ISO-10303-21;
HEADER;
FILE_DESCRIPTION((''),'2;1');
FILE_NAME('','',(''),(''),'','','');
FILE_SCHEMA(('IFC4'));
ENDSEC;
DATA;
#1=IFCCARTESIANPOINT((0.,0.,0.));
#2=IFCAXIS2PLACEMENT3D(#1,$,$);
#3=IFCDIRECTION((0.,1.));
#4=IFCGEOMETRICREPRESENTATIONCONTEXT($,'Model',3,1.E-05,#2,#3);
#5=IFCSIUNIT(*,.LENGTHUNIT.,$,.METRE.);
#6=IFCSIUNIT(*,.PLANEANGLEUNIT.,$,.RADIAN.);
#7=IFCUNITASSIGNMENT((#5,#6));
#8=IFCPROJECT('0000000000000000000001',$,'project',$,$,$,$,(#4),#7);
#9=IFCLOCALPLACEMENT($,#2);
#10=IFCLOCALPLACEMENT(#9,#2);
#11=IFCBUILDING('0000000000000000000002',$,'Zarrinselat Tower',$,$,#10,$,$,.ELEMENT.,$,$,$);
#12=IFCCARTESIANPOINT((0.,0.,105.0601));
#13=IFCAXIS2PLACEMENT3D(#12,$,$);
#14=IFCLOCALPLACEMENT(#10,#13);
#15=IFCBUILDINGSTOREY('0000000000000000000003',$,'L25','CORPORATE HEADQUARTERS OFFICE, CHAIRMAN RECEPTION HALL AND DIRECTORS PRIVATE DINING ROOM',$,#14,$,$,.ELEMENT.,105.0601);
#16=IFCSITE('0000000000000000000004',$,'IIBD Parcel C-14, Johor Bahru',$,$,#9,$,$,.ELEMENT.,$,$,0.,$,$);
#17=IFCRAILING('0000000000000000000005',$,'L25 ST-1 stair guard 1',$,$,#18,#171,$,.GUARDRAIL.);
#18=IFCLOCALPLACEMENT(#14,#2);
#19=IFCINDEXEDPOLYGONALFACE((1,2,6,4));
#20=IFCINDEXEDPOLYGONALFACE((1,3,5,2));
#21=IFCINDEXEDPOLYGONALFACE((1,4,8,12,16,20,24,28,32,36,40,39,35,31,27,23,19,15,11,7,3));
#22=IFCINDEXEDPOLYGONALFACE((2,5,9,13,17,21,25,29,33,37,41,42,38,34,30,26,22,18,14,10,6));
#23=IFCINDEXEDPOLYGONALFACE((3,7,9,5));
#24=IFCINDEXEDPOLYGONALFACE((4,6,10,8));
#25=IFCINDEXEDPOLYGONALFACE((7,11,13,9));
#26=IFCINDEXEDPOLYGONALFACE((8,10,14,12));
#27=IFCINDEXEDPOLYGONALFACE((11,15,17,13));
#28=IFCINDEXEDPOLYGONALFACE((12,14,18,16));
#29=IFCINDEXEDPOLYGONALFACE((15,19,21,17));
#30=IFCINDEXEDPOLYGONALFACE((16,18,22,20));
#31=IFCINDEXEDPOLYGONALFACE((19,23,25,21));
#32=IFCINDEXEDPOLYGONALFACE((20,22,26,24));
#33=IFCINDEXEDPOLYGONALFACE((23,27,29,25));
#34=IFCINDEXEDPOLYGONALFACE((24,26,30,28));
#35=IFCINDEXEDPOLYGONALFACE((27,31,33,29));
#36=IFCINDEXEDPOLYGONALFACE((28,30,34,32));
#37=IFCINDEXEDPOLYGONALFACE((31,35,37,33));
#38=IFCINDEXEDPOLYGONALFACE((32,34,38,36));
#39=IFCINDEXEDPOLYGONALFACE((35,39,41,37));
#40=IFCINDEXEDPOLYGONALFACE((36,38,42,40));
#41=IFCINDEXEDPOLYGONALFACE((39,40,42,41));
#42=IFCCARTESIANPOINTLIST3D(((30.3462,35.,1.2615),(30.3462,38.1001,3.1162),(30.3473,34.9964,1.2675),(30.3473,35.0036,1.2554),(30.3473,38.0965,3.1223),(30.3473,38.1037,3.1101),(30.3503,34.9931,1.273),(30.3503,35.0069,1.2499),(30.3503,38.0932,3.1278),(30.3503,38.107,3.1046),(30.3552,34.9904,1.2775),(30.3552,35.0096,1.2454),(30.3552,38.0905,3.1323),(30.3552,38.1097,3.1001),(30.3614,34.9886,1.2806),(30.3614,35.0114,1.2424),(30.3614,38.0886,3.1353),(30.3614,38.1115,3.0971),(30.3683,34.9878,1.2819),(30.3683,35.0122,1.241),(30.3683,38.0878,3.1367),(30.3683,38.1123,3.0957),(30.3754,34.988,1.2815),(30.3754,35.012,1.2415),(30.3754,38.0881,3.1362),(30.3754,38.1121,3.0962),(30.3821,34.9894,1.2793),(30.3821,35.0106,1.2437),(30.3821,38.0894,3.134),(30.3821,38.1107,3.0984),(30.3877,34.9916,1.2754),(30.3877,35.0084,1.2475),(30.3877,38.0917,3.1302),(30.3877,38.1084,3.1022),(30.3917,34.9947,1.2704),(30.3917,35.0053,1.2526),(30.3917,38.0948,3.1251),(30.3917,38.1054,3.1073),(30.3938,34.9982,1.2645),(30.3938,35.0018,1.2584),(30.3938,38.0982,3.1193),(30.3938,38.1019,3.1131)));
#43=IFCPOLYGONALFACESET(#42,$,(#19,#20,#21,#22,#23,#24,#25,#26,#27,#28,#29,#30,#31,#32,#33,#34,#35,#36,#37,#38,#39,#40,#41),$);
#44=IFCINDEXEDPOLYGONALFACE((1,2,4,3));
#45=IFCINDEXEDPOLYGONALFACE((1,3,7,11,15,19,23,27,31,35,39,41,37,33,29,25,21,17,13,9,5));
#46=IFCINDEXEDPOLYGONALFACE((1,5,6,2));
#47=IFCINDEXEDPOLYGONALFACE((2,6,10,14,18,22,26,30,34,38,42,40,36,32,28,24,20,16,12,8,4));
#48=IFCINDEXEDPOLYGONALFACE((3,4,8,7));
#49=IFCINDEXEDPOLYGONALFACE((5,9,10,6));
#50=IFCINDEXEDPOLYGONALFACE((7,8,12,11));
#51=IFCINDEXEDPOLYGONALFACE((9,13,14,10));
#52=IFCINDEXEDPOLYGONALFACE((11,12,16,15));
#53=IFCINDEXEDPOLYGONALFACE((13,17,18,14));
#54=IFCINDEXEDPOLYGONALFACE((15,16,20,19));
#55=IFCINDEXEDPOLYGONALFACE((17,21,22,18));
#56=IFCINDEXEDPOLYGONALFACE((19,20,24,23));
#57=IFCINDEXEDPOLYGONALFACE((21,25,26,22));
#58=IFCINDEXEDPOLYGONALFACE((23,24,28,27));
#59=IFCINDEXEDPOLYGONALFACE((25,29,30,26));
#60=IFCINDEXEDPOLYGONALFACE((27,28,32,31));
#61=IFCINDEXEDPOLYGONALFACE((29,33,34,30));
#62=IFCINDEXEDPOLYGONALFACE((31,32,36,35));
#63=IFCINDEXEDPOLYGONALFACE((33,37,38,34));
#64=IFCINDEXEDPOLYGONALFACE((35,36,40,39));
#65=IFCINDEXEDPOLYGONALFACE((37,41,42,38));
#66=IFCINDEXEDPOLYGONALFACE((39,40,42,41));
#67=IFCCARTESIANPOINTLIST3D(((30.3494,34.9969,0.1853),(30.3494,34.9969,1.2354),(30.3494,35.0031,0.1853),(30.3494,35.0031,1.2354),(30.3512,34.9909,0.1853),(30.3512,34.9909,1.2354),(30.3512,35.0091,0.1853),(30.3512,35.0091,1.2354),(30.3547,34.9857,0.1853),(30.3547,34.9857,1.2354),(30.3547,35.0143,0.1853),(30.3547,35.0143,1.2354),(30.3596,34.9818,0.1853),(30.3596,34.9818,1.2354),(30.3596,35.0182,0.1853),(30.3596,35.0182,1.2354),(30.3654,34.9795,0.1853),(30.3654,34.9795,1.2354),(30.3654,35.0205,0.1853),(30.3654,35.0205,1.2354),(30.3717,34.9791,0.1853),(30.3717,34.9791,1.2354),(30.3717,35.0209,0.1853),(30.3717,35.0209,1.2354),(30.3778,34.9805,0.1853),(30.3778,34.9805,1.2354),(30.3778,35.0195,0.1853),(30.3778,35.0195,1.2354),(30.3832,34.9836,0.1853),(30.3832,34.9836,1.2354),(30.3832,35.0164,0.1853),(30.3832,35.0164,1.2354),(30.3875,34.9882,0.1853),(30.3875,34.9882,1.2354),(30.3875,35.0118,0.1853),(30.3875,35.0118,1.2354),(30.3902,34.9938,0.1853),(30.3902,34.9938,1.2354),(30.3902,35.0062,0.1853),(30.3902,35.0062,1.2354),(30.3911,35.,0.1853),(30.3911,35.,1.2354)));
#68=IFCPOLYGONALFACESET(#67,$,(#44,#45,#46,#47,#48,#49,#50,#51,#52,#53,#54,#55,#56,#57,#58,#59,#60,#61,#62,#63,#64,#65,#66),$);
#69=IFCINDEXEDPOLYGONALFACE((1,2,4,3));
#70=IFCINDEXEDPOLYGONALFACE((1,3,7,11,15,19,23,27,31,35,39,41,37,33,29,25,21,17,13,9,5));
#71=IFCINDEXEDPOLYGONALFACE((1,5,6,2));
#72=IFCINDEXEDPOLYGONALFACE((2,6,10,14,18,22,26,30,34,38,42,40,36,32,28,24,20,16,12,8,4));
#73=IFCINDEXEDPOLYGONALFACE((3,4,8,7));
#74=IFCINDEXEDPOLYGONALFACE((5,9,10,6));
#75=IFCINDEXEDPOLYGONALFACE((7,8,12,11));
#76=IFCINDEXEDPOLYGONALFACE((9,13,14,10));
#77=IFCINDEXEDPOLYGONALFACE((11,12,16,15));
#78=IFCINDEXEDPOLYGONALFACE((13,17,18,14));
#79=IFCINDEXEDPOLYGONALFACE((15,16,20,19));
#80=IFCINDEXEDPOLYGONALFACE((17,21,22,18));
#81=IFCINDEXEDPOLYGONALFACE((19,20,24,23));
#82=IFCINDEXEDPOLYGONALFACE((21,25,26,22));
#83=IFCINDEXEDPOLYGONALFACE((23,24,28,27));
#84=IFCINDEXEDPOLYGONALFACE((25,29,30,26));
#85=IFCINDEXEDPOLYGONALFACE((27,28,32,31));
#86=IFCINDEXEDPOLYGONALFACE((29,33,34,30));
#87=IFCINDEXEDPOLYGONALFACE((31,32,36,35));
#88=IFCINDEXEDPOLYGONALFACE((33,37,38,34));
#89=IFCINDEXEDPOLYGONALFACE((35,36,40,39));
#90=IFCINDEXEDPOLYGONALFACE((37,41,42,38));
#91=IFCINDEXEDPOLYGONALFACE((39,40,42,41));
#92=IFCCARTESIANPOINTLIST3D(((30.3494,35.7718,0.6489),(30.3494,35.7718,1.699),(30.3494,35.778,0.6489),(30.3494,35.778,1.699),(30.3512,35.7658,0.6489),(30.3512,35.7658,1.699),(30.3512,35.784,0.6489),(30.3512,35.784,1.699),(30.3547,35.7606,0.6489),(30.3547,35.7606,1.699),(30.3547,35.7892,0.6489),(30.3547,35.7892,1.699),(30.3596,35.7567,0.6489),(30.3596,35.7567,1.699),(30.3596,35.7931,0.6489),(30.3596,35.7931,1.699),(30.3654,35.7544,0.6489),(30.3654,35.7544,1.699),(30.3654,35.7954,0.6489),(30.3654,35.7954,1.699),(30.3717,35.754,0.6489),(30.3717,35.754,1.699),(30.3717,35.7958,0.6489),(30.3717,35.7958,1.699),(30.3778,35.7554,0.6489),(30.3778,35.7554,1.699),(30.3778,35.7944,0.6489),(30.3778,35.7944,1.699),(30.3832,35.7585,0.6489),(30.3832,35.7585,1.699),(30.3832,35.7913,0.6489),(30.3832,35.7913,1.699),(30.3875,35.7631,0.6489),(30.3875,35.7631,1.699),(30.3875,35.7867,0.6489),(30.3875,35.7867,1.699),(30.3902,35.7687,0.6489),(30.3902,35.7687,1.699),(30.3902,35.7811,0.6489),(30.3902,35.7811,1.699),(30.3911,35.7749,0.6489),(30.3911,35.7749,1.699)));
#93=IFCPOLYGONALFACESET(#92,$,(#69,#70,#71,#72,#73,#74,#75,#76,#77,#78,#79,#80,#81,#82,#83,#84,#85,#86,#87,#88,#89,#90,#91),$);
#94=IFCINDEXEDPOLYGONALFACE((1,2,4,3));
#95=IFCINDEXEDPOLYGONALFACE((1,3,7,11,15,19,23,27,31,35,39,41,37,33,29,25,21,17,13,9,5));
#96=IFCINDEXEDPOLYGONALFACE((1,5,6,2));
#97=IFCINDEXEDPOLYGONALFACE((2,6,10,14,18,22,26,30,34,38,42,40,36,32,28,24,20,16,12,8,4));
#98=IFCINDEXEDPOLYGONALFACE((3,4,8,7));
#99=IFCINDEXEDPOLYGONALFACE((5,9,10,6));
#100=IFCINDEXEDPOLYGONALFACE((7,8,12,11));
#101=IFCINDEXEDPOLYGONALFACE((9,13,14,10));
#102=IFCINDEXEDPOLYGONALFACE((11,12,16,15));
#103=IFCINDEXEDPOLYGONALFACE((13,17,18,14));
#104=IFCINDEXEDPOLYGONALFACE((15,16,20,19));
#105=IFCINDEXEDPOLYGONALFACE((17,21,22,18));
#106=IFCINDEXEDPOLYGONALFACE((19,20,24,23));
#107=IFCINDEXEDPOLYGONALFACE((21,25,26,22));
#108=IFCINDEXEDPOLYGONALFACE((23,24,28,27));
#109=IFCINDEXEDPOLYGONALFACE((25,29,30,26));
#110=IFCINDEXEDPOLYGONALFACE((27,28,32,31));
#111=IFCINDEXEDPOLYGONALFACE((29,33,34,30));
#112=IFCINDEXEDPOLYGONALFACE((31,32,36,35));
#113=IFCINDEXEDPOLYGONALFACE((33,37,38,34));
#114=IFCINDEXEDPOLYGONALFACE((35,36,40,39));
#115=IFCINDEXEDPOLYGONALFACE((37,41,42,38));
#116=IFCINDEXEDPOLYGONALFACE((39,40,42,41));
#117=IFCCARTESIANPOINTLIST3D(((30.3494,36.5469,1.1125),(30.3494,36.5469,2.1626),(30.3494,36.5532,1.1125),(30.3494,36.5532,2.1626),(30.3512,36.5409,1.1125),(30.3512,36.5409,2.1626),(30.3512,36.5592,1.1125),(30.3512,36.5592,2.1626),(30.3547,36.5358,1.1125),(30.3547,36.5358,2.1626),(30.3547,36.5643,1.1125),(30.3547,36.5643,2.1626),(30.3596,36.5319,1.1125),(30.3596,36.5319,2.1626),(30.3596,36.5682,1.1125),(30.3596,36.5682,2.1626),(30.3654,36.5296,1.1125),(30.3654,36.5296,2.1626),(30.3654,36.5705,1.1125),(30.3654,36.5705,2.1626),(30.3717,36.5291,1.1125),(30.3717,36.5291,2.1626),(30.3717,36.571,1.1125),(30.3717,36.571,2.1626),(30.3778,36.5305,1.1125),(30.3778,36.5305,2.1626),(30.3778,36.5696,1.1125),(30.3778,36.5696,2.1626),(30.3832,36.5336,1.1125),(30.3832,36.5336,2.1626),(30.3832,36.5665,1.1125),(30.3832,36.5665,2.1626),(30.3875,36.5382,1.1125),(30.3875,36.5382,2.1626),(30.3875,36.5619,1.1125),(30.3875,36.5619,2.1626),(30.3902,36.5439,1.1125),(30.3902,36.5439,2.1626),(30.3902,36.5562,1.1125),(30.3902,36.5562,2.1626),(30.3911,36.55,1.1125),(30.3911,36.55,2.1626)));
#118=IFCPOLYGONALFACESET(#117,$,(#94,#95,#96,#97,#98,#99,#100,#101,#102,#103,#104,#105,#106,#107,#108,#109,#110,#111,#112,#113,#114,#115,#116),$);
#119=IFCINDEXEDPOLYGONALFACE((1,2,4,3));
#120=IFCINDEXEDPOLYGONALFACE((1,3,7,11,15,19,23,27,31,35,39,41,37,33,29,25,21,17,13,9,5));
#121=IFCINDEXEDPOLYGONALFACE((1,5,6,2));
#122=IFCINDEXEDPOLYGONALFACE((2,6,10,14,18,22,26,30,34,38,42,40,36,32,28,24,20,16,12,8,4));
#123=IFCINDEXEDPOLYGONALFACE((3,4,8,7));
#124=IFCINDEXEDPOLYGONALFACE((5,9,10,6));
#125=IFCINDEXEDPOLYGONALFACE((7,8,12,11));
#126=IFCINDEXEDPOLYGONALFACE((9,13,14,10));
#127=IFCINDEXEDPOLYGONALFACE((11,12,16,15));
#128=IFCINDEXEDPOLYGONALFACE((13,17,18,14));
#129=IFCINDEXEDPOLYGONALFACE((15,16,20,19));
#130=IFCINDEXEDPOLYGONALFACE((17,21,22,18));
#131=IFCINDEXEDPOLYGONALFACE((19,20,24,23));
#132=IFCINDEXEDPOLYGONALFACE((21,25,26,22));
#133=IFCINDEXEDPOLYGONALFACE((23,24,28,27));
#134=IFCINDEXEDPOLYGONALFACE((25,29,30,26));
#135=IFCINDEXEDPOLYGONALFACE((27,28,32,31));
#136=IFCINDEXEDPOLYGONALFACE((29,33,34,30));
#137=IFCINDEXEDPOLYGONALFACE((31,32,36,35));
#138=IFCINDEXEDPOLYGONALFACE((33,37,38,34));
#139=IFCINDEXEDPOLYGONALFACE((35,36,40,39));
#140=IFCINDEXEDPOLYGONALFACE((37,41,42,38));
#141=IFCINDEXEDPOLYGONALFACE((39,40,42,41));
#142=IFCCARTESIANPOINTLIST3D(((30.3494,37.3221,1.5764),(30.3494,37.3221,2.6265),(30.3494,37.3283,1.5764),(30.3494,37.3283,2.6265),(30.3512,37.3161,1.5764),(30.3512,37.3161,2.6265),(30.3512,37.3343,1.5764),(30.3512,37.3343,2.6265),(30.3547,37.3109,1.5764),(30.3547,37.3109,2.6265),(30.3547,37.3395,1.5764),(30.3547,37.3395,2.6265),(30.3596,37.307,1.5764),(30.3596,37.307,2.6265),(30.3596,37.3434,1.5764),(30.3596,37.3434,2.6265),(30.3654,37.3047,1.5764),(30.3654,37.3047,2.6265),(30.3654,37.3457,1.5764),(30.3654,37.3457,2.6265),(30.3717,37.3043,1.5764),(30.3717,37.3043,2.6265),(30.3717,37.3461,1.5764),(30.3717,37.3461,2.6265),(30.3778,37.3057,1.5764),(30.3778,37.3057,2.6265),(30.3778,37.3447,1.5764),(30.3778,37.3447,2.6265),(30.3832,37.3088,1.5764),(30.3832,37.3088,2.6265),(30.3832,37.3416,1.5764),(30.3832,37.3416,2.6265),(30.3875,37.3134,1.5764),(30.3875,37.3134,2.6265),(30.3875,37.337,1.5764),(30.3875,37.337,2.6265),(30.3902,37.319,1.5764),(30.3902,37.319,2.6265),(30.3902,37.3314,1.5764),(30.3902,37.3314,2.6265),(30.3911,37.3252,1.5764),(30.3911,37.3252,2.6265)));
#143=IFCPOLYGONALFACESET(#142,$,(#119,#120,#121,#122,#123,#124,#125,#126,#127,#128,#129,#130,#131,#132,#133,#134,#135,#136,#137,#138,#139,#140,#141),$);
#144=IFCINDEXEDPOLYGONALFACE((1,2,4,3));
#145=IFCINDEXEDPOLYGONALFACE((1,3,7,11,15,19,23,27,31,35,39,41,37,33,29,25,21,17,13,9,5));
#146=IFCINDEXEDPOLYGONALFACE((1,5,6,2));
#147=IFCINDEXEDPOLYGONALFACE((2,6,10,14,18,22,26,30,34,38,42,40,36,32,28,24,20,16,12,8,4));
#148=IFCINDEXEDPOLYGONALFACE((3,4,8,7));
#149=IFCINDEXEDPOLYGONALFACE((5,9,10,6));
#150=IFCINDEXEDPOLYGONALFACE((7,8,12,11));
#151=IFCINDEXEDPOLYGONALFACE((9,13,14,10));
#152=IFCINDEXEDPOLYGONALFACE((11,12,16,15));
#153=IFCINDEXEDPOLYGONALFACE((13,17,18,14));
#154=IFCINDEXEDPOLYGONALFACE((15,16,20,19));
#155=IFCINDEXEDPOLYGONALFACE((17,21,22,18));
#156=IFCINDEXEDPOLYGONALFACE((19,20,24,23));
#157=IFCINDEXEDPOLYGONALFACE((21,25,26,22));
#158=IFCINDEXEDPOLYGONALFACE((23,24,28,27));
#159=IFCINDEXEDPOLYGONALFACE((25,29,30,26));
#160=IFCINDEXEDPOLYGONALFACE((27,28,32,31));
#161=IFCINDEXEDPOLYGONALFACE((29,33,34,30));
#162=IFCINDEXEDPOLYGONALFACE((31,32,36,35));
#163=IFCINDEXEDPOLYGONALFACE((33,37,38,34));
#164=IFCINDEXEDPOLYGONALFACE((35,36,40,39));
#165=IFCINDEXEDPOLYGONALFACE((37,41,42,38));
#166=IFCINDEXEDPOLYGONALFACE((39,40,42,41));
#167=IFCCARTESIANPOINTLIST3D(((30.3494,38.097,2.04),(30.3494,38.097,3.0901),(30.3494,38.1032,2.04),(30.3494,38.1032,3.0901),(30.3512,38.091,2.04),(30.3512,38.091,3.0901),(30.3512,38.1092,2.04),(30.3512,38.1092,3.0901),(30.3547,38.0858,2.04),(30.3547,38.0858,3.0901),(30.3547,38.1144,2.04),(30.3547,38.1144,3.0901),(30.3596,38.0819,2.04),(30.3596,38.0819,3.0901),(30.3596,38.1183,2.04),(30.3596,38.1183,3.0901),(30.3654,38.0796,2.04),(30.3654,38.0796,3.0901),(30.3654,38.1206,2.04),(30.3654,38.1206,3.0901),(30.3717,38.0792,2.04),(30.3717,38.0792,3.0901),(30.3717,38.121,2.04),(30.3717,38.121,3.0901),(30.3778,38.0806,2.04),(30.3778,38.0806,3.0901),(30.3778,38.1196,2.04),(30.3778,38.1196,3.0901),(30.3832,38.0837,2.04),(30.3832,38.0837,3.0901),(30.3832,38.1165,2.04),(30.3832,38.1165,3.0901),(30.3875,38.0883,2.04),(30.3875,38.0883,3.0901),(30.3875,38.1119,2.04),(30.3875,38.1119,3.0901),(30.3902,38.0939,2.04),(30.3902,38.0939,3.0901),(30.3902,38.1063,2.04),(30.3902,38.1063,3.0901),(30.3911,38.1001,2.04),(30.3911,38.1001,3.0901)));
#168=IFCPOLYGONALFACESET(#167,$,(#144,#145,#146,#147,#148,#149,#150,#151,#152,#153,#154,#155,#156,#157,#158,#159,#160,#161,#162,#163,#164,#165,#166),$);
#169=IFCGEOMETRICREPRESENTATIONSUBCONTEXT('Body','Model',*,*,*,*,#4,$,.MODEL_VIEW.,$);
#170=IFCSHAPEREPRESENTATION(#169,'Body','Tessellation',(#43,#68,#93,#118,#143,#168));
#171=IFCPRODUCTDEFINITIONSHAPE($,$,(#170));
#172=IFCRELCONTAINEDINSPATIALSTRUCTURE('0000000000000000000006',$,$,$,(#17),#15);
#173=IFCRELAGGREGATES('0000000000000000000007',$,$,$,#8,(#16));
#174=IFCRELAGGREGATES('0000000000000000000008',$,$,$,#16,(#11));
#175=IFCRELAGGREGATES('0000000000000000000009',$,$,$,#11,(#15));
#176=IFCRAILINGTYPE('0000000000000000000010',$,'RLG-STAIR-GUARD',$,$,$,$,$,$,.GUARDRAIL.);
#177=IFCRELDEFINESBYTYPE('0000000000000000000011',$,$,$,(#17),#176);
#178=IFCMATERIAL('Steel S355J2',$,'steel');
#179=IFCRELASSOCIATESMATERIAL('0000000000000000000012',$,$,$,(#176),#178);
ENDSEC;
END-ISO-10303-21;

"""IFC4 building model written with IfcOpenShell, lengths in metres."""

from ifc_helpers import new_model, si_unit, direction, frame, origin, origin_2d, place, context, subcontext, project, spatial, circle, extrude, material, type_object, element, save


model = new_model("IFC4")

# Units and contexts
model_context = context("Model", 3, precision=1e-05, world=origin(), true_north=direction((0.0, 1.0)))
body_context = subcontext(model_context, "Body", "Model", "MODEL_VIEW")
ifc_project = project(units=[si_unit("LENGTHUNIT", "METRE"), si_unit("PLANEANGLEUNIT", "RADIAN")], contexts=[model_context])

# Site, building, storey
site_placement = place(None, origin())
site = spatial("IfcSite", under=ifc_project, at=site_placement, Name="IIBD Parcel C-14, Johor Bahru", CompositionType="ELEMENT", RefElevation=0.0)
building_placement = place(site_placement, origin())
building = spatial("IfcBuilding", under=site, at=building_placement, Name="Zarrinselat Tower", CompositionType="ELEMENT")
storey_placement = place(building_placement, frame((0.0, 0.0, 105.0601)))
storey = spatial("IfcBuildingStorey", under=building, at=storey_placement, Name="L25", Description="CORPORATE HEADQUARTERS OFFICE, CHAIRMAN RECEPTION HALL AND DIRECTORS PRIVATE DINING ROOM", CompositionType="ELEMENT", Elevation=105.0601)

# Railing
ifc_material_1 = material(Name="Steel S355J2", Category="steel")
railing_type_1 = type_object("IfcRailingType", Name="RLG-STAIR-GUARD", PredefinedType="GUARDRAIL", material=ifc_material_1)
railing_1_placement = place(storey_placement, frame((30.3701, 35.0, 0.1853)))
element("IfcRailing", 1, at=railing_1_placement, inside=storey, type_object=railing_type_1, Name="L25 ST-1 stair guard 1", PredefinedType="GUARDRAIL", context=body_context, shape_type="SweptSolid", body=[
    extrude(circle(Radius=0.0239, at=origin_2d()), frame((0.0, 0.0, 1.0762), z_axis=(0.0, 0.858142, 0.513412), x_axis=(-1.0, 0.0, 0.0)), (0.0, 0.0, 1.0), 3.6125),
    extrude(circle(Radius=0.021, at=origin_2d()), origin(), (0.0, 0.0, 1.0), 1.05),
    extrude(circle(Radius=0.021, at=origin_2d()), frame((0.0, 0.7749, 0.4636)), (0.0, 0.0, 1.0), 1.05),
    extrude(circle(Radius=0.021, at=origin_2d()), frame((0.0, 1.55, 0.9272)), (0.0, 0.0, 1.0), 1.05),
    extrude(circle(Radius=0.021, at=origin_2d()), frame((0.0, 2.3252, 1.3911)), (0.0, 0.0, 1.0), 1.05),
    extrude(circle(Radius=0.021, at=origin_2d()), frame((0.0, 3.1001, 1.8547)), (0.0, 0.0, 1.0), 1.05),
])

save(model, "model.ifc")
